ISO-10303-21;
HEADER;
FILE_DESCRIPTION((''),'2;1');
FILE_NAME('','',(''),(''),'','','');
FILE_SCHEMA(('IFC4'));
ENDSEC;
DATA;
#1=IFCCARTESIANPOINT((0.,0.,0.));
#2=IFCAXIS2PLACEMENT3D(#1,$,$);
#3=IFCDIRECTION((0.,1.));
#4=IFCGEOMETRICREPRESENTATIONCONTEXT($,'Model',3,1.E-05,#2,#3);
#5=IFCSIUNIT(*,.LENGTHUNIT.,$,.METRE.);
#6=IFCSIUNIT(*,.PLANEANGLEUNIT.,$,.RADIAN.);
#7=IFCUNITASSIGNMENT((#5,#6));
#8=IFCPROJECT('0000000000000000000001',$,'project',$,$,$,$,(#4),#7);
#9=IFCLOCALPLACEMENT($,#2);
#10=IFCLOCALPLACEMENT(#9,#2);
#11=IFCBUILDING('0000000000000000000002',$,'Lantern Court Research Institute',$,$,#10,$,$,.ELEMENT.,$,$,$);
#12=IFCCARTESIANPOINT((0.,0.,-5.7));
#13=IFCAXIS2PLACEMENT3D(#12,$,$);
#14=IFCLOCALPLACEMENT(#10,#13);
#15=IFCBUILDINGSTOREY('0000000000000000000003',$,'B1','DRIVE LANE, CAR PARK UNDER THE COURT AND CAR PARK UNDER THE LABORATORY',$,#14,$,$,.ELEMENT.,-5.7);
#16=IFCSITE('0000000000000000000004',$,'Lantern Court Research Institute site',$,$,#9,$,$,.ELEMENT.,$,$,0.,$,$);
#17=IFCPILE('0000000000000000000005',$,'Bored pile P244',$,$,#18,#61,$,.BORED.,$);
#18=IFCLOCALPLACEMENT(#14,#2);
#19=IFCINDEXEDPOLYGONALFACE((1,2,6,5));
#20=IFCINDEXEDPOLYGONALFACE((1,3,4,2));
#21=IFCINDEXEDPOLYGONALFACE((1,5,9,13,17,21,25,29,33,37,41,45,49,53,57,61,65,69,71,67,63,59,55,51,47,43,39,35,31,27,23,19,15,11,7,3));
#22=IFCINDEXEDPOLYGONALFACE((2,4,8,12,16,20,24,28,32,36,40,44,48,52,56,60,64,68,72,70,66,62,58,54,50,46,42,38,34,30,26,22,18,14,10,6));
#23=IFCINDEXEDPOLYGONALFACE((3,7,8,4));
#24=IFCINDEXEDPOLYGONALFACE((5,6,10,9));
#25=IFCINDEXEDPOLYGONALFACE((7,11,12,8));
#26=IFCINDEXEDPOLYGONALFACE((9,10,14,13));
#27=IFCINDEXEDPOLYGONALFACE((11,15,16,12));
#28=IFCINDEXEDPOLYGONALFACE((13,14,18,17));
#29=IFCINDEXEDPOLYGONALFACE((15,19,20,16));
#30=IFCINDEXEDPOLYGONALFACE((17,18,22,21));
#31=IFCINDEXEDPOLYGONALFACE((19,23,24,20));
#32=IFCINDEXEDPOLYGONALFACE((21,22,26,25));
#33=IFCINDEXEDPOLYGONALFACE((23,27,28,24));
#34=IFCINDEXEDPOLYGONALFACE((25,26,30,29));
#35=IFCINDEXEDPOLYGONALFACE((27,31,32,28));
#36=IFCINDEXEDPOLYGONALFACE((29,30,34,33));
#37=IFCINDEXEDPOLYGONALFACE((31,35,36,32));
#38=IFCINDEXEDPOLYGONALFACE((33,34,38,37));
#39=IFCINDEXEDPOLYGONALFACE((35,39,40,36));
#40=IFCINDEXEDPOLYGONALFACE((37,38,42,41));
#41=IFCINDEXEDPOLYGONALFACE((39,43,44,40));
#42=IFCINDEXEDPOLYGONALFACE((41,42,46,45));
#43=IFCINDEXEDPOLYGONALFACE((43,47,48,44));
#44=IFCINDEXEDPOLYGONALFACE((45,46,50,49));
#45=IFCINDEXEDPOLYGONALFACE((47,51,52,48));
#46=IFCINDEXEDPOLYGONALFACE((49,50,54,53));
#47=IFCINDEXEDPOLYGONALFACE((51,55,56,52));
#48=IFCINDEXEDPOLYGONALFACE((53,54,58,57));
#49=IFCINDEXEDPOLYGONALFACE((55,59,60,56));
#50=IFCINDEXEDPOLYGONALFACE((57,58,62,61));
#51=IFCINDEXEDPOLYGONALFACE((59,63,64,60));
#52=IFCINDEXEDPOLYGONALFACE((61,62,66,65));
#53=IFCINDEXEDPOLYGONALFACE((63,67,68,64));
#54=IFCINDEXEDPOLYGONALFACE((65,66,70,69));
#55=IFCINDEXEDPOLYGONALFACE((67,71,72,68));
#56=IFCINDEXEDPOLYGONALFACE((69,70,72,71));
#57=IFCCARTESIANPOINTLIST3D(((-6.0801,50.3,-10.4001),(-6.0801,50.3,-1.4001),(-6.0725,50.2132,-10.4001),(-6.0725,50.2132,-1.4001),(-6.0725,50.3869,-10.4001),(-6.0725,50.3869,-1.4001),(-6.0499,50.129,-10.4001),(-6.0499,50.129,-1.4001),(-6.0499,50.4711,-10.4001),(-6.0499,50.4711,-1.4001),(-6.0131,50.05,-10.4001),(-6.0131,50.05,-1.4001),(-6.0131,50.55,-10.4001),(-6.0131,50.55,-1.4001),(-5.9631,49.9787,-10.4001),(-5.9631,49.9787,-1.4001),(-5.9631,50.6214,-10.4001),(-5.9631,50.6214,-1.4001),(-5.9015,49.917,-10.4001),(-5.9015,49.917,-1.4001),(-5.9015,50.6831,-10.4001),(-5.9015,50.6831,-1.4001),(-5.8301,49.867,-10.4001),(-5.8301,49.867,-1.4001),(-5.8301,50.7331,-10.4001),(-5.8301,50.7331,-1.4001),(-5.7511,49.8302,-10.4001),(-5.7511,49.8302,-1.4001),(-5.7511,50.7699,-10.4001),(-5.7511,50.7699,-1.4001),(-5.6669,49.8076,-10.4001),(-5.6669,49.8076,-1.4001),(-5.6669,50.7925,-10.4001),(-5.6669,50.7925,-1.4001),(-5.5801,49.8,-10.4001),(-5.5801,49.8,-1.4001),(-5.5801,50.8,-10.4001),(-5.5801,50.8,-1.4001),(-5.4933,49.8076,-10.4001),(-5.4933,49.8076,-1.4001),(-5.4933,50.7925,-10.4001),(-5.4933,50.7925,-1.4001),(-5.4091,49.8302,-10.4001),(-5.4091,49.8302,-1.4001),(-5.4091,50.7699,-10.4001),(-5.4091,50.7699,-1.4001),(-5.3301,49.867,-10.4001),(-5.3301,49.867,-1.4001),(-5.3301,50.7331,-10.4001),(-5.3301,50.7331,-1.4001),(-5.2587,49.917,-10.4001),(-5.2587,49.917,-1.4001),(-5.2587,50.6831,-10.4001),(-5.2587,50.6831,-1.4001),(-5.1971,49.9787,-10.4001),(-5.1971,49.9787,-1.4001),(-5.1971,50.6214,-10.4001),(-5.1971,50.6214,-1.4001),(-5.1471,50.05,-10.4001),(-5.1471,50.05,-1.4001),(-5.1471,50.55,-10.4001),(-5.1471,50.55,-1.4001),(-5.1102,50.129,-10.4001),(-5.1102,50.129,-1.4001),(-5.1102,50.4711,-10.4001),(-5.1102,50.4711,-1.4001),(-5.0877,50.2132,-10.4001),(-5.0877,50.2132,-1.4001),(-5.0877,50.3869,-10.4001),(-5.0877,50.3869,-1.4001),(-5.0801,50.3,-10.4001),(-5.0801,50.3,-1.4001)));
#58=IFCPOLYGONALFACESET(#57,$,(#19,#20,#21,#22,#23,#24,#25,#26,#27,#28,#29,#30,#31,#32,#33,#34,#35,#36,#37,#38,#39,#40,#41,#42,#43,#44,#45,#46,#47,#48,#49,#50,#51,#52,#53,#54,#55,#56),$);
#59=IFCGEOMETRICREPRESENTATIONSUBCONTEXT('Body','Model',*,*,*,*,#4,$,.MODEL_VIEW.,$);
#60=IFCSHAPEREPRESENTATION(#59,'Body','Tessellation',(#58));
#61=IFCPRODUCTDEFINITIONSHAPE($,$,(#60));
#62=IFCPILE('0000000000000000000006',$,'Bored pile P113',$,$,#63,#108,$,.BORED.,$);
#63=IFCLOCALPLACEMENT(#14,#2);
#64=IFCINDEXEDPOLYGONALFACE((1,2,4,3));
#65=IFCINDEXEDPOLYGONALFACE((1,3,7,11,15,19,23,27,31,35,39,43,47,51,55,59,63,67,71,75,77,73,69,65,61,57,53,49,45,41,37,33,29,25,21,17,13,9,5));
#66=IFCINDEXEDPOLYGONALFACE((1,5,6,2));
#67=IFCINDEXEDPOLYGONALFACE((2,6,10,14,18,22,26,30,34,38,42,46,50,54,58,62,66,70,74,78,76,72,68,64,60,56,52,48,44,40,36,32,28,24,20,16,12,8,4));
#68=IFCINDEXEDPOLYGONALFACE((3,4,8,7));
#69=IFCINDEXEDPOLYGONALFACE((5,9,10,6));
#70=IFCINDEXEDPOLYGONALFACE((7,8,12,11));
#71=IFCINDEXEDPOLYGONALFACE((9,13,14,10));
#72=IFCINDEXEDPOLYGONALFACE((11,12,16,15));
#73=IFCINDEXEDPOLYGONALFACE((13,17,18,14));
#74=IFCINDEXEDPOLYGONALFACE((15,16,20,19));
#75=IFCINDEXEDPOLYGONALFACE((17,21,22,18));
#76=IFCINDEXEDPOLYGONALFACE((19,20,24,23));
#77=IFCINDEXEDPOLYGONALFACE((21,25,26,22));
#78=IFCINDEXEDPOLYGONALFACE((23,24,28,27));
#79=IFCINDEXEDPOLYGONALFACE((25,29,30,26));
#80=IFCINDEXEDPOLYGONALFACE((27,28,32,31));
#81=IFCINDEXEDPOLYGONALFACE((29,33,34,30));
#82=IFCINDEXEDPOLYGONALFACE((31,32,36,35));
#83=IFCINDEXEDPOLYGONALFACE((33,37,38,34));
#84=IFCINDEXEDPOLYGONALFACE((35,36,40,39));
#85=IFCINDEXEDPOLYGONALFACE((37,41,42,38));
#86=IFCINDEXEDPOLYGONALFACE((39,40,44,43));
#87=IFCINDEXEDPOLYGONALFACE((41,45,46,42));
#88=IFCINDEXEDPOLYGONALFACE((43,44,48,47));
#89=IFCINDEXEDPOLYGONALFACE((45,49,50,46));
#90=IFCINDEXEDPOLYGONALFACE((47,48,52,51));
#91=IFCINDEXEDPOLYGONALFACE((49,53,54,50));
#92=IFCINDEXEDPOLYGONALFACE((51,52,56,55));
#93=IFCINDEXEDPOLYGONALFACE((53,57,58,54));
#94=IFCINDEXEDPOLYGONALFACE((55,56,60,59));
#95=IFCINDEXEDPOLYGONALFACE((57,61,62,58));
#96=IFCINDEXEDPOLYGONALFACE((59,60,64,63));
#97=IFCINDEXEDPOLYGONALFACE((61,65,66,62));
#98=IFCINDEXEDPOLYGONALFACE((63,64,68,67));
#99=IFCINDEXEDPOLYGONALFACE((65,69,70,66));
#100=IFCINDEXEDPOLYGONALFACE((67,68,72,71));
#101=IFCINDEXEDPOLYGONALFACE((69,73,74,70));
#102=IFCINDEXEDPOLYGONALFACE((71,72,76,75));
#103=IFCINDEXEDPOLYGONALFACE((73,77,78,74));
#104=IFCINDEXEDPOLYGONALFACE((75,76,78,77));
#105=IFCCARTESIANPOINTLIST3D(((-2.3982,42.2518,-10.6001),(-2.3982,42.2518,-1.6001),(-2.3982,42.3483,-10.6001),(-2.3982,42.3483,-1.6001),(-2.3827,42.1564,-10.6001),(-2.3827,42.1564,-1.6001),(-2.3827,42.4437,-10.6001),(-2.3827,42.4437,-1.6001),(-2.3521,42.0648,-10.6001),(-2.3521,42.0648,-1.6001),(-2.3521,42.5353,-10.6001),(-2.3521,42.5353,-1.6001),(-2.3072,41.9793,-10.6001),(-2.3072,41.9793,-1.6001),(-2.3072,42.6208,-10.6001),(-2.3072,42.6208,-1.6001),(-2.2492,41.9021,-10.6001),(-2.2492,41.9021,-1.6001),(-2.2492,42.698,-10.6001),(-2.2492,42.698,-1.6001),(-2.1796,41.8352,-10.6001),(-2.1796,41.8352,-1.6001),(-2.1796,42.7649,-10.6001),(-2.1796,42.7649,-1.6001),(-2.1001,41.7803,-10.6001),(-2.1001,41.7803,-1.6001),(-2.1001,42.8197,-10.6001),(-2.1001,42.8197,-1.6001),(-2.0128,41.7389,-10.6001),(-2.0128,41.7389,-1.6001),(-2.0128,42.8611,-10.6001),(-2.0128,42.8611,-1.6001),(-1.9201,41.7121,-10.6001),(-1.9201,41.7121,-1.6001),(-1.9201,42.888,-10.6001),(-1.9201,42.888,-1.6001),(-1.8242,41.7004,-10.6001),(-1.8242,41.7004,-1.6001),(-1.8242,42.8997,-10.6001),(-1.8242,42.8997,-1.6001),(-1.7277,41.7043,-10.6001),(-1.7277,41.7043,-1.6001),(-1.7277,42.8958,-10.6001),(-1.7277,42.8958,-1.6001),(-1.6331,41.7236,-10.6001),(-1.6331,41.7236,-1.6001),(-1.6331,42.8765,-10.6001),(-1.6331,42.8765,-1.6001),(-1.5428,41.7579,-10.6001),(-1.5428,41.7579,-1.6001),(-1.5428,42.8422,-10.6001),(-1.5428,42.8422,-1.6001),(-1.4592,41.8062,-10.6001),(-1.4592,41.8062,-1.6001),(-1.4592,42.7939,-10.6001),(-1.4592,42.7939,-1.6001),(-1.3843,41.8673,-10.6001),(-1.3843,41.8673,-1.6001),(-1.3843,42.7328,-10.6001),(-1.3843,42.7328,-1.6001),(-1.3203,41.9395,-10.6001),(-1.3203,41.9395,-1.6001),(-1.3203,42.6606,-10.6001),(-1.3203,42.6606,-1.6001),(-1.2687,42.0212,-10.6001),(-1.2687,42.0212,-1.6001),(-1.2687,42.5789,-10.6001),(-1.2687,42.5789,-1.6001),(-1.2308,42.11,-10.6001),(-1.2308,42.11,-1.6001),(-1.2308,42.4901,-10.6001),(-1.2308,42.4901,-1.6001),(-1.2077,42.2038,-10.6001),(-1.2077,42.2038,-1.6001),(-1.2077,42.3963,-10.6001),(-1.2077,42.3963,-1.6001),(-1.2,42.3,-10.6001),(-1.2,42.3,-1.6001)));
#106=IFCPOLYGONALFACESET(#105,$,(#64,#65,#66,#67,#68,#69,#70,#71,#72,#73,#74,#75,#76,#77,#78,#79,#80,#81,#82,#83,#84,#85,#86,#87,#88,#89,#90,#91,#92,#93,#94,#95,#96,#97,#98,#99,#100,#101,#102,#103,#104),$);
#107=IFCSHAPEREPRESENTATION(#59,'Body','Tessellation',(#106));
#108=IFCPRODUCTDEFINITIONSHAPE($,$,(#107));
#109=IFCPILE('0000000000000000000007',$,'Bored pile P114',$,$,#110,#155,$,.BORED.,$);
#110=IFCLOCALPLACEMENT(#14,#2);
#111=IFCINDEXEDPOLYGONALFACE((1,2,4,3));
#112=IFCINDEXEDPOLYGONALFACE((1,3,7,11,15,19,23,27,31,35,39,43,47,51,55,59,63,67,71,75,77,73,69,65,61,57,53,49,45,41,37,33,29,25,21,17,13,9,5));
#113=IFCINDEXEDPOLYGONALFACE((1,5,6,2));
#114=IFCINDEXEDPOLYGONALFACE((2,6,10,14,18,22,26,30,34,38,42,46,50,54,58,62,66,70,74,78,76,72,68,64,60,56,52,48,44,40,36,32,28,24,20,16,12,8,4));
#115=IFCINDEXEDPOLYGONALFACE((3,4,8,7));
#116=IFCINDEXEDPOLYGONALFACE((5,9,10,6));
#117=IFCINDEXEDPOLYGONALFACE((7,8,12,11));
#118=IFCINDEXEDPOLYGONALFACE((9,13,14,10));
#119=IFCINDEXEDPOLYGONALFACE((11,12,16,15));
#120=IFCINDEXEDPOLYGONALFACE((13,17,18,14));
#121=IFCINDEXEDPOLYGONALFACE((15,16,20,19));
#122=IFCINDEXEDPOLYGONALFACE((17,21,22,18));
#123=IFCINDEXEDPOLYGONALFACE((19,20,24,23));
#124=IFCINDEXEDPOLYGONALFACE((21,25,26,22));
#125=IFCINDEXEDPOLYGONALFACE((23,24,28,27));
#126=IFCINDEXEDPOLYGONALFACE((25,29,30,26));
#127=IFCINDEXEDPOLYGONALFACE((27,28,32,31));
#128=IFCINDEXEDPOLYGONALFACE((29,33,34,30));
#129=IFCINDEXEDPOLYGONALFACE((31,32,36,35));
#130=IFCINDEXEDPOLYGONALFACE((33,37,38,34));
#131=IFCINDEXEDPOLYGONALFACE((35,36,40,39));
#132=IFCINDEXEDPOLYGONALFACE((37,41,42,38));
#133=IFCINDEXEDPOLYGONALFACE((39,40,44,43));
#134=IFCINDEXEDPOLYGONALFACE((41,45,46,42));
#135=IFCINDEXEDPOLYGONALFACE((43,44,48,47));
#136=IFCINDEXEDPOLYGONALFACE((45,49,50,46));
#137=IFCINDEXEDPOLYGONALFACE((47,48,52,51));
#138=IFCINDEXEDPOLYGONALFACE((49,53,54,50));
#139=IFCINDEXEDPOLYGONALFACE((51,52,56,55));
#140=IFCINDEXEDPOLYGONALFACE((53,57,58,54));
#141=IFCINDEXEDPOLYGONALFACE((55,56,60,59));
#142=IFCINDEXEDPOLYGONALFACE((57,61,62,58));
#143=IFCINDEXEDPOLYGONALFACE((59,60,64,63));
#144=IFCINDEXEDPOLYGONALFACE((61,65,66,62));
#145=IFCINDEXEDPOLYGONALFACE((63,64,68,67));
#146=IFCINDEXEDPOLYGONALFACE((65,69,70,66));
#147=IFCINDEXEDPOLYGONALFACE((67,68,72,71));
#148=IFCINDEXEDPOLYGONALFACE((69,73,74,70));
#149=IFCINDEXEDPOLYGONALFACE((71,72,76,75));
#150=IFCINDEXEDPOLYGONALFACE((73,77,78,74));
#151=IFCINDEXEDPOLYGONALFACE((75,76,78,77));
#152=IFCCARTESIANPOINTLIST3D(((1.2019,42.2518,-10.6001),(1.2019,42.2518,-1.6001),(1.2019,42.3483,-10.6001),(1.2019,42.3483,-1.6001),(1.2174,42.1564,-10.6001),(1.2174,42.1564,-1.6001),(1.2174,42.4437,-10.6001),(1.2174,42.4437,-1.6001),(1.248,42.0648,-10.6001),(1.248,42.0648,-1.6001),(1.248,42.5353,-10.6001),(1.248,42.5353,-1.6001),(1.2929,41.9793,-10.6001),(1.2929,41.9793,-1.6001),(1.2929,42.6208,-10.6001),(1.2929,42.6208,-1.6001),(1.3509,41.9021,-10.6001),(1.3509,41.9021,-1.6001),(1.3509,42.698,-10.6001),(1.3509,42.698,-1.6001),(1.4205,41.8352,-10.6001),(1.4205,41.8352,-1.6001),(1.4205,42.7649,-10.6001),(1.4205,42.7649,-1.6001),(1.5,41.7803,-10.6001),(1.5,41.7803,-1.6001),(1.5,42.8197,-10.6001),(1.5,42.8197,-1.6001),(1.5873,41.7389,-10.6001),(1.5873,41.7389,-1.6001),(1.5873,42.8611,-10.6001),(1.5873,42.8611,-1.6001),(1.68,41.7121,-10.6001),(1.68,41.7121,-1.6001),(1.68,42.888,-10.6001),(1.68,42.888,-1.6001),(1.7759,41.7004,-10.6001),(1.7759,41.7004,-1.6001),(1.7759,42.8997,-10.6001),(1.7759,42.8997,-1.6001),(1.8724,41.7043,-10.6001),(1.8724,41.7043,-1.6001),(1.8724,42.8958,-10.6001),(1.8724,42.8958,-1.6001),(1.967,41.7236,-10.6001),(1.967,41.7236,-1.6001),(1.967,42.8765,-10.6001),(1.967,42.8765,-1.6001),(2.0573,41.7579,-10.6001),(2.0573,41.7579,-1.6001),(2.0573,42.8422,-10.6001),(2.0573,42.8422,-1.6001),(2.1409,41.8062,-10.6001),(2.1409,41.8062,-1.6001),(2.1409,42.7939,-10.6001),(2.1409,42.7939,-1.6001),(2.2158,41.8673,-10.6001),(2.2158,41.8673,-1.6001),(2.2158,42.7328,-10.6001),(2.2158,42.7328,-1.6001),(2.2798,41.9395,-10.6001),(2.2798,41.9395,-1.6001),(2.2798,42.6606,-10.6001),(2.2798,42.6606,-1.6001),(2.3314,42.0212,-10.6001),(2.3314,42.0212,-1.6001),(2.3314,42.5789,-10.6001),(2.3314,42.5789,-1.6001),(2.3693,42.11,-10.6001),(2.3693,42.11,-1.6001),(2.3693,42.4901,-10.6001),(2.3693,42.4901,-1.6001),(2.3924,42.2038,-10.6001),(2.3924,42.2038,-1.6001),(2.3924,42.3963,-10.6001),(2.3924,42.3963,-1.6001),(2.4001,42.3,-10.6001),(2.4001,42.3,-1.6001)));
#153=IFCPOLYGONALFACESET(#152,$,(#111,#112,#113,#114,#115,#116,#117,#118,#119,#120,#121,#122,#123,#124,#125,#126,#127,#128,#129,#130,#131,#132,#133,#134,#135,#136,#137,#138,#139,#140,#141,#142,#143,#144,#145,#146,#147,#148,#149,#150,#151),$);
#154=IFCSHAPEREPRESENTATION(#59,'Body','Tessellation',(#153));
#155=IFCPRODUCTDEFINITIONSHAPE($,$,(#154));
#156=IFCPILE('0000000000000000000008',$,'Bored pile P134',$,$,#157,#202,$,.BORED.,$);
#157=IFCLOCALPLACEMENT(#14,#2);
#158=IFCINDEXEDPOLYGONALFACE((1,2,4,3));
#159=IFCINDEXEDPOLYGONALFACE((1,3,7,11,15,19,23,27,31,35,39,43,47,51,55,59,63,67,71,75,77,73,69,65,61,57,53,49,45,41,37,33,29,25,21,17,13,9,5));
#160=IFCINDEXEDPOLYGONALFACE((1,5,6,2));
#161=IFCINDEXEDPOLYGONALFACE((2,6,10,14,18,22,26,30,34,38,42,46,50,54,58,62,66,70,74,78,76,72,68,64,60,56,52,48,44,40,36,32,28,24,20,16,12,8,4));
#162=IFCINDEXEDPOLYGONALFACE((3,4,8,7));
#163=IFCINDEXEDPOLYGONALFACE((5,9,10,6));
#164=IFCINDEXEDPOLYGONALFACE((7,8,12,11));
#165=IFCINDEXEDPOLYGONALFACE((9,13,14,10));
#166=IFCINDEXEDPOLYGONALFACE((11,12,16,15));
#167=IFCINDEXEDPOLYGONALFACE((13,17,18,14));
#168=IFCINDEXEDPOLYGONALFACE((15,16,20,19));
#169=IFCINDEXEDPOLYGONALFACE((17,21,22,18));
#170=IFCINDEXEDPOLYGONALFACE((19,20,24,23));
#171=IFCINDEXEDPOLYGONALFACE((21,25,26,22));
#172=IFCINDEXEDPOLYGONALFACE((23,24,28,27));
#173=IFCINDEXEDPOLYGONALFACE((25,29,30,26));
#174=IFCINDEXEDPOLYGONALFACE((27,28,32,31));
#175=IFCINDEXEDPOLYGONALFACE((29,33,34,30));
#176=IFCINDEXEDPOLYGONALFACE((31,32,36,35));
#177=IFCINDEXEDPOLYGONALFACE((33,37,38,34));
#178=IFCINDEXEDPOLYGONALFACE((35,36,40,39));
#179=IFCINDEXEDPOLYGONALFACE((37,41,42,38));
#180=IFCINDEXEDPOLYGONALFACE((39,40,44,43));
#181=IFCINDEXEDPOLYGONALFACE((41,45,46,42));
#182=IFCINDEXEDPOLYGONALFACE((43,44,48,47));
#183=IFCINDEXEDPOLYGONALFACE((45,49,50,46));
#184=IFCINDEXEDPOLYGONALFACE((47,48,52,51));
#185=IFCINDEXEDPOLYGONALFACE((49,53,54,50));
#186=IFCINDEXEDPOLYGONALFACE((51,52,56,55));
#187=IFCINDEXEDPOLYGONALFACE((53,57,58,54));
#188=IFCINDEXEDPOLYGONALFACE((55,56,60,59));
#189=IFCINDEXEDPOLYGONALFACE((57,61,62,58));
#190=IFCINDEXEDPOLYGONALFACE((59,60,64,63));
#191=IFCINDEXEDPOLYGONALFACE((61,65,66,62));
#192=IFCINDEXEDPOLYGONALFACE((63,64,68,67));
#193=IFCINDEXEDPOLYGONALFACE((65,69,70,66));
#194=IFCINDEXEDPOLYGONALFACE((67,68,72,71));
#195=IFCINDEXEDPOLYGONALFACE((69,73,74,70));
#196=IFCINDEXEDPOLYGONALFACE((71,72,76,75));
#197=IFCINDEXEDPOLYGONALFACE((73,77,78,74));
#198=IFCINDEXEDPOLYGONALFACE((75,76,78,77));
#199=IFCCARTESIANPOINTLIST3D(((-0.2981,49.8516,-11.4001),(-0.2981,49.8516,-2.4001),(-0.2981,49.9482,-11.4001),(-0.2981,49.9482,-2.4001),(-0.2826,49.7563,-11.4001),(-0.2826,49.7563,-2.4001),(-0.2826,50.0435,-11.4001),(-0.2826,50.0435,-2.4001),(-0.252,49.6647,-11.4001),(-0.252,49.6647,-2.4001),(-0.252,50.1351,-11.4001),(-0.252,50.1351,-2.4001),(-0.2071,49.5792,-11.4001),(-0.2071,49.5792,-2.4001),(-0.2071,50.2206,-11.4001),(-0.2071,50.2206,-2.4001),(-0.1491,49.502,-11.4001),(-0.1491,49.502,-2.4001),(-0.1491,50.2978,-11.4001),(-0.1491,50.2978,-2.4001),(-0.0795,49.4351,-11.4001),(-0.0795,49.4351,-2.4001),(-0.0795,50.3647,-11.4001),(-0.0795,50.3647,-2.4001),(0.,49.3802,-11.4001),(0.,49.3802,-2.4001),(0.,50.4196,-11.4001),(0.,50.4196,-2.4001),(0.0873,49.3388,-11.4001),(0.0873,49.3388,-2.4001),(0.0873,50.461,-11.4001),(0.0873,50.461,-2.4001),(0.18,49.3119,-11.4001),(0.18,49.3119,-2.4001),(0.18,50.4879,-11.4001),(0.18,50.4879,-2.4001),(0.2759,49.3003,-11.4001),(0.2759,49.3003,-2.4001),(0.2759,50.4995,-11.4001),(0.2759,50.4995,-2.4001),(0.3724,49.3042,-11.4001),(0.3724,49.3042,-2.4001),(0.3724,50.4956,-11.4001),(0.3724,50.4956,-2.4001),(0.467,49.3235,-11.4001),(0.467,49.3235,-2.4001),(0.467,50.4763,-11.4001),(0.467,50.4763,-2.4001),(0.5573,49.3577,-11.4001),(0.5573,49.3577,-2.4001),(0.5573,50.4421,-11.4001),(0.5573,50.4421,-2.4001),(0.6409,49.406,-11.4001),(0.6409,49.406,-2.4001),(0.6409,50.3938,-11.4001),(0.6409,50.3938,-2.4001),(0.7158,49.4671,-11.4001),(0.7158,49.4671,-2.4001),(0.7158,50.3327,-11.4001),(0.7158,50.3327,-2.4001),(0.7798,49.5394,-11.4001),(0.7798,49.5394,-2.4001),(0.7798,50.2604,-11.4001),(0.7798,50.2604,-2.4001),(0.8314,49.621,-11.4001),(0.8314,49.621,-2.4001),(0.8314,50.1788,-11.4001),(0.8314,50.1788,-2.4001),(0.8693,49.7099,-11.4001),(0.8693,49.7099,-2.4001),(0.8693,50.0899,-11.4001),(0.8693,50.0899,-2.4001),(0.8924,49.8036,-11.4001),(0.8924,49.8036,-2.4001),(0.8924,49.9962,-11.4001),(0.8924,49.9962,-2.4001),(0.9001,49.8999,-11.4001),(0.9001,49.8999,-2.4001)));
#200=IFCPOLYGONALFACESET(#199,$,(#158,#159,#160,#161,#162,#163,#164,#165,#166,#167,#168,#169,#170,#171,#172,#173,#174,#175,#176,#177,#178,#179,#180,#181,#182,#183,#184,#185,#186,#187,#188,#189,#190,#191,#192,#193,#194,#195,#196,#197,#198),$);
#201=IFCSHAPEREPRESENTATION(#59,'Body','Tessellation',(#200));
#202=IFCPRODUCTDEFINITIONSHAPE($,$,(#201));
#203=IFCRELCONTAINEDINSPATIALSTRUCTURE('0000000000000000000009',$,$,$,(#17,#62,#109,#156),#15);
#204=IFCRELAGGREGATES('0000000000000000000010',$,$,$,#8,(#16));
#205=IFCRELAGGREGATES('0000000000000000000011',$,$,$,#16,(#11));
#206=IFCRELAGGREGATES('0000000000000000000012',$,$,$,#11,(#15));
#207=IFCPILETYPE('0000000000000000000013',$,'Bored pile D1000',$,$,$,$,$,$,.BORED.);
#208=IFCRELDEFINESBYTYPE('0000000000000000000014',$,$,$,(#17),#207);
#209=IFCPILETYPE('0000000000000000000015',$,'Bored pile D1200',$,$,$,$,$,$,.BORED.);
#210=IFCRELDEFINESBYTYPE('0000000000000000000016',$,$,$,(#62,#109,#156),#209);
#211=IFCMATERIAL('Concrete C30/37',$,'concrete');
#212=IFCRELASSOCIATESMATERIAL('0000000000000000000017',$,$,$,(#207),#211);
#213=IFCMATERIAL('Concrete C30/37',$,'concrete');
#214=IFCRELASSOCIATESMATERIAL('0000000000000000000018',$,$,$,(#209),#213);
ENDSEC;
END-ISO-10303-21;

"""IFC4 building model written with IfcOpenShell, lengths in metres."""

from ifc_helpers import new_model, si_unit, direction, frame, origin, origin_2d, place, context, subcontext, project, spatial, circle, extrude, material, material_profile, profile_set, type_object, element, save


model = new_model("IFC4")

# Units and contexts
model_context = context("Model", 3, precision=1e-05, world=origin(), true_north=direction((0.0, 1.0)))
body_context = subcontext(model_context, "Body", "Model", "MODEL_VIEW")
ifc_project = project(units=[si_unit("LENGTHUNIT", "METRE"), si_unit("PLANEANGLEUNIT", "RADIAN")], contexts=[model_context])

# Site, building, storey
site_placement = place(None, origin())
site = spatial("IfcSite", under=ifc_project, at=site_placement, Name="Lantern Court Research Institute site", CompositionType="ELEMENT", RefElevation=0.0)
building_placement = place(site_placement, origin())
building = spatial("IfcBuilding", under=site, at=building_placement, Name="Lantern Court Research Institute", CompositionType="ELEMENT")
storey_placement = place(building_placement, frame((0.0, 0.0, -5.7)))
storey = spatial("IfcBuildingStorey", under=building, at=storey_placement, Name="B1", Description="DRIVE LANE, CAR PARK UNDER THE COURT AND CAR PARK UNDER THE LABORATORY", CompositionType="ELEMENT", Elevation=-5.7)

# Piles
ifc_material_1 = material(Name="Concrete C30/37", Category="concrete")
ifc_material_profile_1 = material_profile(ifc_material_1, circle(Radius=0.5, at=origin_2d()), Name="Bored pile D1000")
ifc_profile_set_1 = profile_set([ifc_material_profile_1], Name="Concrete C30/37")
pile_type_1 = type_object("IfcPileType", Name="Bored pile D1000", PredefinedType="BORED", material=ifc_profile_set_1)
pile_placement = place(storey_placement, frame((-5.5801, 50.3, -1.4001), z_axis=(0.0, 0.0, -1.0), x_axis=(1.0, 0.0, 0.0)))
element("IfcPile", 1, at=pile_placement, inside=storey, type_object=pile_type_1, Name="Bored pile P244", PredefinedType="BORED", context=body_context, shape_type="SweptSolid", body=[
    extrude(circle(Radius=0.5, at=origin_2d()), origin(), (0.0, 0.0, 1.0), 9.0),
])
ifc_material_2 = material(Name="Concrete C30/37", Category="concrete")
ifc_material_profile_2 = material_profile(ifc_material_2, circle(Radius=0.6001, at=origin_2d()), Name="Bored pile D1200")
ifc_profile_set_2 = profile_set([ifc_material_profile_2], Name="Concrete C30/37")
pile_type_2 = type_object("IfcPileType", Name="Bored pile D1200", PredefinedType="BORED", material=ifc_profile_set_2)
for number, where, z_axis, x_axis, name in (
    (2, (-1.8, 42.3, -1.6001), (0.0, 0.0, -1.0), (1.0, 0.0, 0.0), "Bored pile P113"),
    (3, (1.8, 42.3, -1.6001), (0.0, 0.0, -1.0), (1.0, 0.0, 0.0), "Bored pile P114"),
    (4, (0.3, 49.8999, -2.4001), (0.0, 0.0, -1.0), (1.0, 0.0, 0.0), "Bored pile P134"),
):
    element("IfcPile", number, at=place(storey_placement, frame(where, z_axis=z_axis, x_axis=x_axis)), inside=storey, type_object=pile_type_2, Name=name, PredefinedType="BORED", context=body_context, shape_type="SweptSolid", body=[
        extrude(circle(Radius=0.6001, at=origin_2d()), origin(), (0.0, 0.0, 1.0), 9.0),
    ])

save(model, "model.ifc")
